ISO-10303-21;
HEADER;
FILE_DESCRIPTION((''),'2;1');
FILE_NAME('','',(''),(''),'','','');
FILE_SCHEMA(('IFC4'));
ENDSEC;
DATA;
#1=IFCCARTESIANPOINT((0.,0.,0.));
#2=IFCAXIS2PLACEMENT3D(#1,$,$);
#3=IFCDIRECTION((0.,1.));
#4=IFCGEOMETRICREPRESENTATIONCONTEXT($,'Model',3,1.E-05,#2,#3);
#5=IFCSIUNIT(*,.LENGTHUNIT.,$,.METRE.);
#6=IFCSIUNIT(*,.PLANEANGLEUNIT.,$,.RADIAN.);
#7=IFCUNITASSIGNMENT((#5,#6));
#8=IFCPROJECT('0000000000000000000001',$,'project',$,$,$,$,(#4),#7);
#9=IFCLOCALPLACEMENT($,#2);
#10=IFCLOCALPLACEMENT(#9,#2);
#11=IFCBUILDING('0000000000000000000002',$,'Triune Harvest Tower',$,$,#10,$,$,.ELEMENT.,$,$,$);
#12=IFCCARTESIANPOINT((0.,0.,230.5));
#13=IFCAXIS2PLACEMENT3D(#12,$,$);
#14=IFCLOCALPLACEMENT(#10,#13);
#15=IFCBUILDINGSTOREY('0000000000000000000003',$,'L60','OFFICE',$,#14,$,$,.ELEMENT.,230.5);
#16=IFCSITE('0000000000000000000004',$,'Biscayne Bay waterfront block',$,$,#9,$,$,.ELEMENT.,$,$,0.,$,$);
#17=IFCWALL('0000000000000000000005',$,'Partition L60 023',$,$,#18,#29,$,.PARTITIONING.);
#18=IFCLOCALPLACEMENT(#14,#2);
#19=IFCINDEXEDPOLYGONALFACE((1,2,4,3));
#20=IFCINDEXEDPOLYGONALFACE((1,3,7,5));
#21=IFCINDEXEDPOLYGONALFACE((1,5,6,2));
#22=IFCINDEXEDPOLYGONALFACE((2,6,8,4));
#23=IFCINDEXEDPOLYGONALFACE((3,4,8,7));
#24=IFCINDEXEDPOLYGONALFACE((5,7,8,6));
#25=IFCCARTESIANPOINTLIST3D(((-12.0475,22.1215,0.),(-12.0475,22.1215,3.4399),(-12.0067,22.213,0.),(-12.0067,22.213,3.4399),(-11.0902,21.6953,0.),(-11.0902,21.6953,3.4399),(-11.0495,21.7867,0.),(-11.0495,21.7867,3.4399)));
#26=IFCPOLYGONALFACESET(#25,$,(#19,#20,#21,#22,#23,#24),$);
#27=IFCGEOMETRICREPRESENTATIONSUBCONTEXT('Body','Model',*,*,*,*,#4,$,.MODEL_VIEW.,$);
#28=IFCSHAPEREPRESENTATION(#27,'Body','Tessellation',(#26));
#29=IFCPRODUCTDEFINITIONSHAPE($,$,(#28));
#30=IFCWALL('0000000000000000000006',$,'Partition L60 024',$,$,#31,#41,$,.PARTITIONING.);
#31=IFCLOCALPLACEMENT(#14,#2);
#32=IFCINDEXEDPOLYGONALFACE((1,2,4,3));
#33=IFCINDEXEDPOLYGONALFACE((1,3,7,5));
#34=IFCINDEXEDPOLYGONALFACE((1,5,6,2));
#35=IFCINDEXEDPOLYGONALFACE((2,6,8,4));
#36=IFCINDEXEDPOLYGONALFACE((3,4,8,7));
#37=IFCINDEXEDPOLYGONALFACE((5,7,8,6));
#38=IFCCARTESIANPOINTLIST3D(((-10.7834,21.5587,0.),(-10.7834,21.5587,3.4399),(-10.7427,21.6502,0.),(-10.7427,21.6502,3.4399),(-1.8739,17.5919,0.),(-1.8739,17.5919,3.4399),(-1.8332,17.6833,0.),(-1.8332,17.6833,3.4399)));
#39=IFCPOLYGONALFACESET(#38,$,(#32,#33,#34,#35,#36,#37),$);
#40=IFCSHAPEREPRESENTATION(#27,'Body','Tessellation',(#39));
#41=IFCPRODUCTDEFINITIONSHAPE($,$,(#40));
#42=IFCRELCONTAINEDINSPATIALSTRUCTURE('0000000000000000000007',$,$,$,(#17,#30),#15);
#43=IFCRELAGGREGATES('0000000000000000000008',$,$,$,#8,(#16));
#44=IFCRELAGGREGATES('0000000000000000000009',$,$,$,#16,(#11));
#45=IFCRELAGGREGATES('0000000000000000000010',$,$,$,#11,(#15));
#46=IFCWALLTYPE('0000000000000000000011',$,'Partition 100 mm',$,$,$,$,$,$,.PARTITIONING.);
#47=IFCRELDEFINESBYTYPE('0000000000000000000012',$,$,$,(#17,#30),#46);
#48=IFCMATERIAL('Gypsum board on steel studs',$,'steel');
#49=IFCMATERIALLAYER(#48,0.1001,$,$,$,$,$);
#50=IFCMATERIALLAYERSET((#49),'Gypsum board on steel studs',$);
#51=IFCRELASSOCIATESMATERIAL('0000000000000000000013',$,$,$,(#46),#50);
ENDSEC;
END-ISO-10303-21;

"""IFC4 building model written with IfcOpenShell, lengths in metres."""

from ifc_helpers import new_model, si_unit, direction, frame, frame_2d, origin, place, context, subcontext, project, spatial, rectangle, extrude, source, transform, mapped, material, layer, layer_set, type_object, element, save


model = new_model("IFC4")

# Units and contexts
model_context = context("Model", 3, precision=1e-05, world=origin(), true_north=direction((0.0, 1.0)))
body_context = subcontext(model_context, "Body", "Model", "MODEL_VIEW")
ifc_project = project(units=[si_unit("LENGTHUNIT", "METRE"), si_unit("PLANEANGLEUNIT", "RADIAN")], contexts=[model_context])

# Site, building, storey
site_placement = place(None, origin())
site = spatial("IfcSite", under=ifc_project, at=site_placement, Name="Biscayne Bay waterfront block", CompositionType="ELEMENT", RefElevation=0.0)
building_placement = place(site_placement, origin())
building = spatial("IfcBuilding", under=site, at=building_placement, Name="Triune Harvest Tower", CompositionType="ELEMENT")
storey_placement = place(building_placement, frame((0.0, 0.0, 230.5)))
storey = spatial("IfcBuildingStorey", under=building, at=storey_placement, Name="L60", Description="OFFICE", CompositionType="ELEMENT", Elevation=230.5)

# Walls
ifc_material_1 = material(Name="Gypsum board on steel studs", Category="steel")
ifc_layer_1 = layer(ifc_material_1, 0.1001)
ifc_layer_set_1 = layer_set([ifc_layer_1], Name="Gypsum board on steel studs")
wall_type = type_object("IfcWallType", Name="Partition 100 mm", PredefinedType="PARTITIONING", material=ifc_layer_set_1)
shared_shape_1 = source(origin(), body_context, "Body", "SweptSolid", [
    extrude(rectangle(XDim=1.0479, YDim=0.1001, at=frame_2d((0.5239, 0.0))), origin(), (0.0, 0.0, 1.0), 3.4399),
])
wall_1_placement = place(storey_placement, frame((-12.0271, 22.1672, 0.0), z_axis=(0.0, 0.0, 1.0), x_axis=(0.913523, -0.406787, 0.0)))
element("IfcWall", 1, at=wall_1_placement, inside=storey, type_object=wall_type, Name="Partition L60 023", PredefinedType="PARTITIONING", context=body_context, shape_type="MappedRepresentation", body=[
    mapped(shared_shape_1, transform((0.0, 0.0, 0.0), scale=1.0)),
])
shared_shape_2 = source(origin(), body_context, "Body", "SweptSolid", [
    extrude(rectangle(XDim=9.7527, YDim=0.1001, at=frame_2d((4.8765, 0.0))), origin(), (0.0, 0.0, 1.0), 3.4399),
])
wall_2_placement = place(storey_placement, frame((-10.7632, 21.6045, 0.0), z_axis=(0.0, 0.0, 1.0), x_axis=(0.913543, -0.406742, 0.0)))
element("IfcWall", 2, at=wall_2_placement, inside=storey, type_object=wall_type, Name="Partition L60 024", PredefinedType="PARTITIONING", context=body_context, shape_type="MappedRepresentation", body=[
    mapped(shared_shape_2, transform((0.0, 0.0, 0.0), scale=1.0)),
])

save(model, "model.ifc")
